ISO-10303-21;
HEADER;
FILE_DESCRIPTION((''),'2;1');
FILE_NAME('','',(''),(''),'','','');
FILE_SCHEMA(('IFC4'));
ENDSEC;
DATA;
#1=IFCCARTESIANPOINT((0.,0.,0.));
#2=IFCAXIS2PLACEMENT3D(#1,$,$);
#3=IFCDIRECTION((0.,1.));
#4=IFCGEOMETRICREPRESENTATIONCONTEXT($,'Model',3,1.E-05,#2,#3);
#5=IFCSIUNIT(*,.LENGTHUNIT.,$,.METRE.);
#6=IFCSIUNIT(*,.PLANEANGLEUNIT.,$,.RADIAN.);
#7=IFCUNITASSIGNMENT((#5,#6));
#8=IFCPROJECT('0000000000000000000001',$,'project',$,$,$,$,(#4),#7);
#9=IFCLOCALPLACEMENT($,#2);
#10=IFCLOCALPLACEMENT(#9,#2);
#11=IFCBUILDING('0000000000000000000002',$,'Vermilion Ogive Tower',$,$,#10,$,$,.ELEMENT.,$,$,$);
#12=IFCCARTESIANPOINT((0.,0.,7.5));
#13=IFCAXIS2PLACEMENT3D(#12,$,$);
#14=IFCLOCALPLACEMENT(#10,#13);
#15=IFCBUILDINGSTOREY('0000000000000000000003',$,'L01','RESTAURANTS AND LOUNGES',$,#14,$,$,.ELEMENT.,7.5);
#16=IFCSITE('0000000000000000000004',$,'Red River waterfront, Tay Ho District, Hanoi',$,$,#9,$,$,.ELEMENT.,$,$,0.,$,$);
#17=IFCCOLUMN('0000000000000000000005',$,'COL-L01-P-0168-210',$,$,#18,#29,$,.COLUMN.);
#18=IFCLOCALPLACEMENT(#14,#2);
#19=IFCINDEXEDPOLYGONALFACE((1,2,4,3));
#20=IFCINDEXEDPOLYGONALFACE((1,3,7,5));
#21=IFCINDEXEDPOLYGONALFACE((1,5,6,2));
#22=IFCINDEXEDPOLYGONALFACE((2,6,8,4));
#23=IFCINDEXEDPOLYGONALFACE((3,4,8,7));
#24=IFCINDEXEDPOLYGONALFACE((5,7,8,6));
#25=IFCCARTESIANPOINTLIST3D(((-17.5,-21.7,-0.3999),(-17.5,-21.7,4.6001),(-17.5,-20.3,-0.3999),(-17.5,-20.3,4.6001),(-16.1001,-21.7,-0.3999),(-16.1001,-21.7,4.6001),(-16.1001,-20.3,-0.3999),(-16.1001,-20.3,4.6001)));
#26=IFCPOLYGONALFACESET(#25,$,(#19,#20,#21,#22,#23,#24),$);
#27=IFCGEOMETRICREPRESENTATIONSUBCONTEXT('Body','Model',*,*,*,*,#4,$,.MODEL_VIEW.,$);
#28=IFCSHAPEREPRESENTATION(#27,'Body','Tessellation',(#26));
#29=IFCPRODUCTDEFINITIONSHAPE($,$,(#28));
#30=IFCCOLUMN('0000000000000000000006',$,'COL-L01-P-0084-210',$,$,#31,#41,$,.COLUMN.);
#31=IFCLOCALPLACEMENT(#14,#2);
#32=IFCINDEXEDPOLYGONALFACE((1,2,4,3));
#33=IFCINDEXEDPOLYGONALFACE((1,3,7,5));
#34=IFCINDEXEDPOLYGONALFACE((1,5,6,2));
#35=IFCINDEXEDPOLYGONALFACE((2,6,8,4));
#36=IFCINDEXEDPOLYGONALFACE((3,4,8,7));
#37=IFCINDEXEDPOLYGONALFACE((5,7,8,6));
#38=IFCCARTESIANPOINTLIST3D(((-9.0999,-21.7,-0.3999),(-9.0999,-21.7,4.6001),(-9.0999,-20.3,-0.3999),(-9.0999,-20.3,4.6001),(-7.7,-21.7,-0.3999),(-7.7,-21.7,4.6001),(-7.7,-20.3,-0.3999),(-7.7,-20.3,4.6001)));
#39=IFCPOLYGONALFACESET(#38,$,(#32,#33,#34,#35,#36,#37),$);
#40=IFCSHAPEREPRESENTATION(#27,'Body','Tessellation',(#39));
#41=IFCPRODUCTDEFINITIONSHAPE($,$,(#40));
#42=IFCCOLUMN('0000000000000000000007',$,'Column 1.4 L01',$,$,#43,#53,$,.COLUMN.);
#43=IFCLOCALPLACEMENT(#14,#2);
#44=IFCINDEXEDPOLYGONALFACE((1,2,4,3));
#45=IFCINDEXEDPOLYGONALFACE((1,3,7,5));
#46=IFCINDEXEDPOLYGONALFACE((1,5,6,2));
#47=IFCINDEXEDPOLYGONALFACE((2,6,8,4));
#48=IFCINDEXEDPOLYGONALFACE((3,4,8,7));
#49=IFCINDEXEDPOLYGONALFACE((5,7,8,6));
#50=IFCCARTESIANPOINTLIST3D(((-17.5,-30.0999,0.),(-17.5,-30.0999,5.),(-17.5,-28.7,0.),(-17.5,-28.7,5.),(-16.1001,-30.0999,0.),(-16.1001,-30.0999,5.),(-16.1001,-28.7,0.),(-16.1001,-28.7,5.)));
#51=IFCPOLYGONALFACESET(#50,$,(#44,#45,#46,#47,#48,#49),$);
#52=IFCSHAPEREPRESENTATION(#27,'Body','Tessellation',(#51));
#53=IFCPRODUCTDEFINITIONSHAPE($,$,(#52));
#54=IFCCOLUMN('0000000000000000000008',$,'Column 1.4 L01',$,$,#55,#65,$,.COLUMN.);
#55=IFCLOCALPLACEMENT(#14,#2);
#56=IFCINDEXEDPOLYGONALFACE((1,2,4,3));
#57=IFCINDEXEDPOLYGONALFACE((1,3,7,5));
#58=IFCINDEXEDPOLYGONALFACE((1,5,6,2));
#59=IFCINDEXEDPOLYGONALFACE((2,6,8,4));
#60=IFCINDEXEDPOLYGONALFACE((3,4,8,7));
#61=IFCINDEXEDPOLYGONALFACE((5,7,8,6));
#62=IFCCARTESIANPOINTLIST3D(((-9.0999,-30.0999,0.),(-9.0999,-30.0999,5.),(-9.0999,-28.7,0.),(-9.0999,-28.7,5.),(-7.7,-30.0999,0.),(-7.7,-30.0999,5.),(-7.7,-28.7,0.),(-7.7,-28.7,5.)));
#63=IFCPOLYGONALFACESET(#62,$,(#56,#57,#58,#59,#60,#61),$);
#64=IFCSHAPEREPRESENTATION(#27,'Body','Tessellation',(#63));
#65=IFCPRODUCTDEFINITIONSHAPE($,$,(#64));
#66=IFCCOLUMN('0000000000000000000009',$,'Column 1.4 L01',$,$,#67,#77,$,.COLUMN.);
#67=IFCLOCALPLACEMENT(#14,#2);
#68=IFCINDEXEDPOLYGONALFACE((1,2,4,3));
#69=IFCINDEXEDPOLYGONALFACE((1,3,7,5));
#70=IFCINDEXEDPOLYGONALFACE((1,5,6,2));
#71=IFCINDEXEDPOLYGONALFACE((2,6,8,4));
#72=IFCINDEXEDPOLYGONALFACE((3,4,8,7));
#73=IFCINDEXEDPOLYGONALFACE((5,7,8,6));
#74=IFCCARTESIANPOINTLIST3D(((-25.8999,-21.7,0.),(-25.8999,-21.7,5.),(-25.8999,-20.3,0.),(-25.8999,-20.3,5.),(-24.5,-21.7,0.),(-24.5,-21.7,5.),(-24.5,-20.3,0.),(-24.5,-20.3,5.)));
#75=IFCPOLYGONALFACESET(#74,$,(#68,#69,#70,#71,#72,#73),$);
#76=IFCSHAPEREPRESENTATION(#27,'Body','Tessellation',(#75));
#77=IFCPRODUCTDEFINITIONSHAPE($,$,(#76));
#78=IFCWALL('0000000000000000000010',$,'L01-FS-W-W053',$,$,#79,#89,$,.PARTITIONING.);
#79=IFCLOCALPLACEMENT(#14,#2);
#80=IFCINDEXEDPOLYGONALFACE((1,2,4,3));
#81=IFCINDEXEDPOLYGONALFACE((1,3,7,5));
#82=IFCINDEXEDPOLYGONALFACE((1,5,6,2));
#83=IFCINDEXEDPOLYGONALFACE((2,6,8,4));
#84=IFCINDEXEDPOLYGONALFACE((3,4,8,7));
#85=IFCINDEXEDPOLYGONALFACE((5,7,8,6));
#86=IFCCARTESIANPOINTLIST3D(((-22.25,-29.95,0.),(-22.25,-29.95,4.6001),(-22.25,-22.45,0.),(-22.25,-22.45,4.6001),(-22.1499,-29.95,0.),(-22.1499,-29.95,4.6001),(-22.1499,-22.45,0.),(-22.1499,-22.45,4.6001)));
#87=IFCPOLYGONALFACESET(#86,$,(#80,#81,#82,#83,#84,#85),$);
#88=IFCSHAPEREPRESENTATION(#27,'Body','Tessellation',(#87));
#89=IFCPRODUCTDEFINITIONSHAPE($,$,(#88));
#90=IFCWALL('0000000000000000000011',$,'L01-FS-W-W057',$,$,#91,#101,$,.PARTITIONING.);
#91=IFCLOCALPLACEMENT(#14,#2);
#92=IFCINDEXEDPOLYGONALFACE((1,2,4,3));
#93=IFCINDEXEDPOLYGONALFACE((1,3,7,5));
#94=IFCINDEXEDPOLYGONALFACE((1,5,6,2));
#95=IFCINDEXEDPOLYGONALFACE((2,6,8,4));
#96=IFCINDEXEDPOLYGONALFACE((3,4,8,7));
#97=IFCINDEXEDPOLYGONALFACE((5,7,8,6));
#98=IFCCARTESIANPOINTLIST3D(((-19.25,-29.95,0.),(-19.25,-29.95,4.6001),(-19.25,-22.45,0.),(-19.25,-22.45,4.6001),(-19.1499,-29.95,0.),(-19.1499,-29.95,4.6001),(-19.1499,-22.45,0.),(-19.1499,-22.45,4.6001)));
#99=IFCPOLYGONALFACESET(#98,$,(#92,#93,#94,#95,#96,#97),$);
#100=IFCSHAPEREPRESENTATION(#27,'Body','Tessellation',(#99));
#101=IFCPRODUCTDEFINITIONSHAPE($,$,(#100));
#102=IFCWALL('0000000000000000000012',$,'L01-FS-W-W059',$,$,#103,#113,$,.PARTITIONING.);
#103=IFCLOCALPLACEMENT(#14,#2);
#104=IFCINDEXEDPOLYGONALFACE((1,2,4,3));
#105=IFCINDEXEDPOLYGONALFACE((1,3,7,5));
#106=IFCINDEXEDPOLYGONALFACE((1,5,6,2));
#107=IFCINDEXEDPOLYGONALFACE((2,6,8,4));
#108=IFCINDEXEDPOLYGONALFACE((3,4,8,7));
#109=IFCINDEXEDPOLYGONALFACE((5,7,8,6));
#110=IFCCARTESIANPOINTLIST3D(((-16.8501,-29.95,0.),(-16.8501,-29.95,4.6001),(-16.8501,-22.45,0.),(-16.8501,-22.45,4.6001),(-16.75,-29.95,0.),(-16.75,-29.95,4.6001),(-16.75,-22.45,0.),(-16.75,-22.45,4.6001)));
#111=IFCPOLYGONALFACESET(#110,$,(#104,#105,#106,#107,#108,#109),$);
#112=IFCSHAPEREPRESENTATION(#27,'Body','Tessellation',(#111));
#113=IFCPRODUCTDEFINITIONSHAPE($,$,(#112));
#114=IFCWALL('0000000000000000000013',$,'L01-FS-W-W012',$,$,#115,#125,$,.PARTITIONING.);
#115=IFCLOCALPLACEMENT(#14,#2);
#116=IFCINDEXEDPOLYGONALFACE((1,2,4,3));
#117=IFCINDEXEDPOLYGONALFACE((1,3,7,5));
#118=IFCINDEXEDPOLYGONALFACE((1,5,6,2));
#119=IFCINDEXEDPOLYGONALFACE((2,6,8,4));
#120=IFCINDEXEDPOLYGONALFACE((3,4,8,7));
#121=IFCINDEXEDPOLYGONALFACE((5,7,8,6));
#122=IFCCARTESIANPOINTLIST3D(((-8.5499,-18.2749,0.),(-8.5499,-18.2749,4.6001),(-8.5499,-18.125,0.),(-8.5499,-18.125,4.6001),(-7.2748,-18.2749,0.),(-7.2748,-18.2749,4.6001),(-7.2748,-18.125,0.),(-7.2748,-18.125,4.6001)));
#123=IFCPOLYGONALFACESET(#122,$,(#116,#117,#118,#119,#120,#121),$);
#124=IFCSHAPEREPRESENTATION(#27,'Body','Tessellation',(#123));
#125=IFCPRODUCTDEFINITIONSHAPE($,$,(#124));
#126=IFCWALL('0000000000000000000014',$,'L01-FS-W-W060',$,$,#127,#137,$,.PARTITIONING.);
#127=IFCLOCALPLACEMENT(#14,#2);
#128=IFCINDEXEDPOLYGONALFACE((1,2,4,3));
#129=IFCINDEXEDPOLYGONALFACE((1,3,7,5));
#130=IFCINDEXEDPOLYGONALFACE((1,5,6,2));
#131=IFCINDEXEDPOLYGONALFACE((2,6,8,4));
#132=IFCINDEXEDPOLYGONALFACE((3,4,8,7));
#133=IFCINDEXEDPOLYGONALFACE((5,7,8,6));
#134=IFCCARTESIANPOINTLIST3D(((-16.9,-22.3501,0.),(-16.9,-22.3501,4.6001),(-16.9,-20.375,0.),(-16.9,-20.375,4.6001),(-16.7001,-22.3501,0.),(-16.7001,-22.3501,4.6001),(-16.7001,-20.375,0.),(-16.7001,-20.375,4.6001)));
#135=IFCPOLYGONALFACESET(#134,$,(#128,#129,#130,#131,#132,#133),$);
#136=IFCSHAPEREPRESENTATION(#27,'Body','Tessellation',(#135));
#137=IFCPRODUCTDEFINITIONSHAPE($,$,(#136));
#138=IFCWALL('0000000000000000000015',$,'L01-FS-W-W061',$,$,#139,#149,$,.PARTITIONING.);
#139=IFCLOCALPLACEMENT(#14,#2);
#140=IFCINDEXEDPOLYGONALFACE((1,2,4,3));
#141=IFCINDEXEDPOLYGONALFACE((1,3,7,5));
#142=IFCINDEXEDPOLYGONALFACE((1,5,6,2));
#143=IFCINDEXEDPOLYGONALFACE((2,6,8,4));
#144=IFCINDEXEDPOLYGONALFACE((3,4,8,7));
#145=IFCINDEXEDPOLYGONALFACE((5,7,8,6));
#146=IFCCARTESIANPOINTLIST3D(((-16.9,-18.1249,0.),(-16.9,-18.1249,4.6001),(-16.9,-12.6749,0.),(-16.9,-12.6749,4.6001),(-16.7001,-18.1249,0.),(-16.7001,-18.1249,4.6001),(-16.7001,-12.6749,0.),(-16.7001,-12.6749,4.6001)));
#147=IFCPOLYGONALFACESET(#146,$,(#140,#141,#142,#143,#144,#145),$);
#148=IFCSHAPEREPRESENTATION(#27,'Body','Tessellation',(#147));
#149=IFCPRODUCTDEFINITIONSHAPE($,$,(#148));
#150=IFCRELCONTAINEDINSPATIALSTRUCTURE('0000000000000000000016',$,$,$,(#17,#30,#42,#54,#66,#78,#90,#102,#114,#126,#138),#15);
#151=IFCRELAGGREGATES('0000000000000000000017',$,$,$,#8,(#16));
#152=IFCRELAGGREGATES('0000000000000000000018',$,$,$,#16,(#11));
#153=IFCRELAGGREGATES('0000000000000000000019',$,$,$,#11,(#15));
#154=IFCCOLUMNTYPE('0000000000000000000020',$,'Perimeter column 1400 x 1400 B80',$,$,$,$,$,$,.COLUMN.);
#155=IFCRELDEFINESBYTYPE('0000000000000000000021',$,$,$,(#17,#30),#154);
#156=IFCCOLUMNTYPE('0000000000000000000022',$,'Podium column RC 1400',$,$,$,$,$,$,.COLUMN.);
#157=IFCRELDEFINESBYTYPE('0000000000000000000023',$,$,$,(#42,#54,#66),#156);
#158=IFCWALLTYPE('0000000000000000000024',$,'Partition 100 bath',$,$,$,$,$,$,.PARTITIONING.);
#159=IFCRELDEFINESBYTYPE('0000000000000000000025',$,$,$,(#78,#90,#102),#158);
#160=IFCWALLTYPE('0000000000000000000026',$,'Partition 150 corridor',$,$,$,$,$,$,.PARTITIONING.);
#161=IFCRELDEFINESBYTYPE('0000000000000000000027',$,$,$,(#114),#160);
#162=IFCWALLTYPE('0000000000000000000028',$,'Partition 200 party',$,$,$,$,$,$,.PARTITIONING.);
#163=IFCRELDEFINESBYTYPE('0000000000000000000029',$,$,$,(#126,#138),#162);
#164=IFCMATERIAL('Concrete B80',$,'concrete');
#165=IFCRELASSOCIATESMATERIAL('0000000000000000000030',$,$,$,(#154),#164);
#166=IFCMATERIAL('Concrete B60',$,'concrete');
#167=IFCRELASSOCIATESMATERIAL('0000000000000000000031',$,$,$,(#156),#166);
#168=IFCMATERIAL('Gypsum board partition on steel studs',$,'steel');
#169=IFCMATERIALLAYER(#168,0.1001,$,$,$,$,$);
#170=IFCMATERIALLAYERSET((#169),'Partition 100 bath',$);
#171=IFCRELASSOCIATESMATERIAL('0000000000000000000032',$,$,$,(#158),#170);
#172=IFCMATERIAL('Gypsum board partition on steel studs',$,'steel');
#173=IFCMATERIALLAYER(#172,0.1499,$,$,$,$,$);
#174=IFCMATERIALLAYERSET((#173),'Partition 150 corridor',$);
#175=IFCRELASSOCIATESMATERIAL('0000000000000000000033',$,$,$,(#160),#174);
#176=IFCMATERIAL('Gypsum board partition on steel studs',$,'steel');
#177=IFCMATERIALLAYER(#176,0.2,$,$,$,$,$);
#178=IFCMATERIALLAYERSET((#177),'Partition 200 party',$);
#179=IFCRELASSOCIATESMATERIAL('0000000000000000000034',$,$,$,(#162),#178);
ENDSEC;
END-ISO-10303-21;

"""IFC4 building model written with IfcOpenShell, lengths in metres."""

from ifc_helpers import new_model, si_unit, direction, frame, frame_2d, origin, origin_2d, place, context, subcontext, project, spatial, rectangle, extrude, material, layer, layer_set, material_profile, profile_set, type_object, element, save


model = new_model("IFC4")

# Units and contexts
model_context = context("Model", 3, precision=1e-05, world=origin(), true_north=direction((0.0, 1.0)))
body_context = subcontext(model_context, "Body", "Model", "MODEL_VIEW")
ifc_project = project(units=[si_unit("LENGTHUNIT", "METRE"), si_unit("PLANEANGLEUNIT", "RADIAN")], contexts=[model_context])

# Site, building, storey
site_placement = place(None, origin())
site = spatial("IfcSite", under=ifc_project, at=site_placement, Name="Red River waterfront, Tay Ho District, Hanoi", CompositionType="ELEMENT", RefElevation=0.0)
building_placement = place(site_placement, origin())
building = spatial("IfcBuilding", under=site, at=building_placement, Name="Vermilion Ogive Tower", CompositionType="ELEMENT")
storey_placement = place(building_placement, frame((0.0, 0.0, 7.5)))
storey = spatial("IfcBuildingStorey", under=building, at=storey_placement, Name="L01", Description="RESTAURANTS AND LOUNGES", CompositionType="ELEMENT", Elevation=7.5)

# Columns
ifc_material_1 = material(Name="Concrete B80", Category="concrete")
ifc_material_profile_1 = material_profile(ifc_material_1, rectangle(XDim=1.3999, YDim=1.3999, at=origin_2d()), Name="1400 x 1400")
ifc_profile_set_1 = profile_set([ifc_material_profile_1], Name="Concrete B80")
column_type_1 = type_object("IfcColumnType", Name="Perimeter column 1400 x 1400 B80", PredefinedType="COLUMN", material=ifc_profile_set_1)
for number, where, z_axis, x_axis, name in (
    (1, (-16.8, -21.0, -0.3999), (0.0, 0.0, 1.0), (1.0, 0.0, 0.0), "COL-L01-P-0168-210"),
    (2, (-8.3999, -21.0, -0.3999), (0.0, 0.0, 1.0), (1.0, 0.0, 0.0), "COL-L01-P-0084-210"),
):
    element("IfcColumn", number, at=place(storey_placement, frame(where, z_axis=z_axis, x_axis=x_axis)), inside=storey, type_object=column_type_1, Name=name, PredefinedType="COLUMN", context=body_context, shape_type="SweptSolid", body=[
        extrude(rectangle(XDim=1.3999, YDim=1.3999, at=origin_2d()), origin(), (0.0, 0.0, 1.0), 5.0),
    ])
ifc_material_2 = material(Name="Concrete B60", Category="concrete")
ifc_material_profile_2 = material_profile(ifc_material_2, rectangle(XDim=1.3999, YDim=1.3999, at=origin_2d()), Name="RC 1400x1400")
ifc_profile_set_2 = profile_set([ifc_material_profile_2], Name="Concrete B60")
column_type_2 = type_object("IfcColumnType", Name="Podium column RC 1400", PredefinedType="COLUMN", material=ifc_profile_set_2)
for number, where, z_axis, x_axis, name in (
    (3, (-16.8, -29.3999, 0.0), (0.0, 0.0, 1.0), (1.0, 0.0, 0.0), "Column 1.4 L01"),
    (4, (-8.3999, -29.3999, 0.0), (0.0, 0.0, 1.0), (1.0, 0.0, 0.0), "Column 1.4 L01"),
    (5, (-25.2, -21.0, 0.0), (0.0, 0.0, 1.0), (1.0, 0.0, 0.0), "Column 1.4 L01"),
):
    element("IfcColumn", number, at=place(storey_placement, frame(where, z_axis=z_axis, x_axis=x_axis)), inside=storey, type_object=column_type_2, Name=name, PredefinedType="COLUMN", context=body_context, shape_type="SweptSolid", body=[
        extrude(rectangle(XDim=1.3999, YDim=1.3999, at=origin_2d()), origin(), (0.0, 0.0, 1.0), 5.0),
    ])

# Walls
ifc_material_3 = material(Name="Gypsum board partition on steel studs", Category="steel")
ifc_layer_1 = layer(ifc_material_3, 0.1001)
ifc_layer_set_1 = layer_set([ifc_layer_1], Name="Partition 100 bath")
wall_type_1 = type_object("IfcWallType", Name="Partition 100 bath", PredefinedType="PARTITIONING", material=ifc_layer_set_1)
for number, where, z_axis, x_axis, name in (
    (6, (-22.2, -29.95, 0.0), (0.0, 0.0, 1.0), (0.0, 1.0, 0.0), "L01-FS-W-W053"),
    (7, (-19.2, -29.95, 0.0), (0.0, 0.0, 1.0), (0.0, 1.0, 0.0), "L01-FS-W-W057"),
    (8, (-16.8, -29.95, 0.0), (0.0, 0.0, 1.0), (0.0, 1.0, 0.0), "L01-FS-W-W059"),
):
    element("IfcWall", number, at=place(storey_placement, frame(where, z_axis=z_axis, x_axis=x_axis)), inside=storey, type_object=wall_type_1, Name=name, PredefinedType="PARTITIONING", context=body_context, shape_type="SweptSolid", body=[
        extrude(rectangle(XDim=7.5, YDim=0.1001, at=frame_2d((3.75, 0.0))), origin(), (0.0, 0.0, 1.0), 4.6001),
    ])
ifc_material_4 = material(Name="Gypsum board partition on steel studs", Category="steel")
ifc_layer_2 = layer(ifc_material_4, 0.1499)
ifc_layer_set_2 = layer_set([ifc_layer_2], Name="Partition 150 corridor")
wall_type_2 = type_object("IfcWallType", Name="Partition 150 corridor", PredefinedType="PARTITIONING", material=ifc_layer_set_2)
wall_1_placement = place(storey_placement, frame((-8.55, -18.2, 0.0), z_axis=(0.0, 0.0, 1.0), x_axis=(1.0, 0.0, 0.0)))
element("IfcWall", 9, at=wall_1_placement, inside=storey, type_object=wall_type_2, Name="L01-FS-W-W012", PredefinedType="PARTITIONING", context=body_context, shape_type="SweptSolid", body=[
    extrude(rectangle(XDim=1.2751, YDim=0.1499, at=frame_2d((0.6377, 0.0))), origin(), (0.0, 0.0, 1.0), 4.6001),
])
ifc_material_5 = material(Name="Gypsum board partition on steel studs", Category="steel")
ifc_layer_3 = layer(ifc_material_5, 0.2)
ifc_layer_set_3 = layer_set([ifc_layer_3], Name="Partition 200 party")
wall_type_3 = type_object("IfcWallType", Name="Partition 200 party", PredefinedType="PARTITIONING", material=ifc_layer_set_3)
wall_2_placement = place(storey_placement, frame((-16.8, -22.3501, 0.0), z_axis=(0.0, 0.0, 1.0), x_axis=(0.0, 1.0, 0.0)))
element("IfcWall", 10, at=wall_2_placement, inside=storey, type_object=wall_type_3, Name="L01-FS-W-W060", PredefinedType="PARTITIONING", context=body_context, shape_type="SweptSolid", body=[
    extrude(rectangle(XDim=1.9751, YDim=0.2, at=frame_2d((0.9875, 0.0))), origin(), (0.0, 0.0, 1.0), 4.6001),
])
wall_3_placement = place(storey_placement, frame((-16.8, -18.125, 0.0), z_axis=(0.0, 0.0, 1.0), x_axis=(0.0, 1.0, 0.0)))
element("IfcWall", 11, at=wall_3_placement, inside=storey, type_object=wall_type_3, Name="L01-FS-W-W061", PredefinedType="PARTITIONING", context=body_context, shape_type="SweptSolid", body=[
    extrude(rectangle(XDim=5.45, YDim=0.2, at=frame_2d((2.7251, 0.0))), origin(), (0.0, 0.0, 1.0), 4.6001),
])

save(model, "model.ifc")
